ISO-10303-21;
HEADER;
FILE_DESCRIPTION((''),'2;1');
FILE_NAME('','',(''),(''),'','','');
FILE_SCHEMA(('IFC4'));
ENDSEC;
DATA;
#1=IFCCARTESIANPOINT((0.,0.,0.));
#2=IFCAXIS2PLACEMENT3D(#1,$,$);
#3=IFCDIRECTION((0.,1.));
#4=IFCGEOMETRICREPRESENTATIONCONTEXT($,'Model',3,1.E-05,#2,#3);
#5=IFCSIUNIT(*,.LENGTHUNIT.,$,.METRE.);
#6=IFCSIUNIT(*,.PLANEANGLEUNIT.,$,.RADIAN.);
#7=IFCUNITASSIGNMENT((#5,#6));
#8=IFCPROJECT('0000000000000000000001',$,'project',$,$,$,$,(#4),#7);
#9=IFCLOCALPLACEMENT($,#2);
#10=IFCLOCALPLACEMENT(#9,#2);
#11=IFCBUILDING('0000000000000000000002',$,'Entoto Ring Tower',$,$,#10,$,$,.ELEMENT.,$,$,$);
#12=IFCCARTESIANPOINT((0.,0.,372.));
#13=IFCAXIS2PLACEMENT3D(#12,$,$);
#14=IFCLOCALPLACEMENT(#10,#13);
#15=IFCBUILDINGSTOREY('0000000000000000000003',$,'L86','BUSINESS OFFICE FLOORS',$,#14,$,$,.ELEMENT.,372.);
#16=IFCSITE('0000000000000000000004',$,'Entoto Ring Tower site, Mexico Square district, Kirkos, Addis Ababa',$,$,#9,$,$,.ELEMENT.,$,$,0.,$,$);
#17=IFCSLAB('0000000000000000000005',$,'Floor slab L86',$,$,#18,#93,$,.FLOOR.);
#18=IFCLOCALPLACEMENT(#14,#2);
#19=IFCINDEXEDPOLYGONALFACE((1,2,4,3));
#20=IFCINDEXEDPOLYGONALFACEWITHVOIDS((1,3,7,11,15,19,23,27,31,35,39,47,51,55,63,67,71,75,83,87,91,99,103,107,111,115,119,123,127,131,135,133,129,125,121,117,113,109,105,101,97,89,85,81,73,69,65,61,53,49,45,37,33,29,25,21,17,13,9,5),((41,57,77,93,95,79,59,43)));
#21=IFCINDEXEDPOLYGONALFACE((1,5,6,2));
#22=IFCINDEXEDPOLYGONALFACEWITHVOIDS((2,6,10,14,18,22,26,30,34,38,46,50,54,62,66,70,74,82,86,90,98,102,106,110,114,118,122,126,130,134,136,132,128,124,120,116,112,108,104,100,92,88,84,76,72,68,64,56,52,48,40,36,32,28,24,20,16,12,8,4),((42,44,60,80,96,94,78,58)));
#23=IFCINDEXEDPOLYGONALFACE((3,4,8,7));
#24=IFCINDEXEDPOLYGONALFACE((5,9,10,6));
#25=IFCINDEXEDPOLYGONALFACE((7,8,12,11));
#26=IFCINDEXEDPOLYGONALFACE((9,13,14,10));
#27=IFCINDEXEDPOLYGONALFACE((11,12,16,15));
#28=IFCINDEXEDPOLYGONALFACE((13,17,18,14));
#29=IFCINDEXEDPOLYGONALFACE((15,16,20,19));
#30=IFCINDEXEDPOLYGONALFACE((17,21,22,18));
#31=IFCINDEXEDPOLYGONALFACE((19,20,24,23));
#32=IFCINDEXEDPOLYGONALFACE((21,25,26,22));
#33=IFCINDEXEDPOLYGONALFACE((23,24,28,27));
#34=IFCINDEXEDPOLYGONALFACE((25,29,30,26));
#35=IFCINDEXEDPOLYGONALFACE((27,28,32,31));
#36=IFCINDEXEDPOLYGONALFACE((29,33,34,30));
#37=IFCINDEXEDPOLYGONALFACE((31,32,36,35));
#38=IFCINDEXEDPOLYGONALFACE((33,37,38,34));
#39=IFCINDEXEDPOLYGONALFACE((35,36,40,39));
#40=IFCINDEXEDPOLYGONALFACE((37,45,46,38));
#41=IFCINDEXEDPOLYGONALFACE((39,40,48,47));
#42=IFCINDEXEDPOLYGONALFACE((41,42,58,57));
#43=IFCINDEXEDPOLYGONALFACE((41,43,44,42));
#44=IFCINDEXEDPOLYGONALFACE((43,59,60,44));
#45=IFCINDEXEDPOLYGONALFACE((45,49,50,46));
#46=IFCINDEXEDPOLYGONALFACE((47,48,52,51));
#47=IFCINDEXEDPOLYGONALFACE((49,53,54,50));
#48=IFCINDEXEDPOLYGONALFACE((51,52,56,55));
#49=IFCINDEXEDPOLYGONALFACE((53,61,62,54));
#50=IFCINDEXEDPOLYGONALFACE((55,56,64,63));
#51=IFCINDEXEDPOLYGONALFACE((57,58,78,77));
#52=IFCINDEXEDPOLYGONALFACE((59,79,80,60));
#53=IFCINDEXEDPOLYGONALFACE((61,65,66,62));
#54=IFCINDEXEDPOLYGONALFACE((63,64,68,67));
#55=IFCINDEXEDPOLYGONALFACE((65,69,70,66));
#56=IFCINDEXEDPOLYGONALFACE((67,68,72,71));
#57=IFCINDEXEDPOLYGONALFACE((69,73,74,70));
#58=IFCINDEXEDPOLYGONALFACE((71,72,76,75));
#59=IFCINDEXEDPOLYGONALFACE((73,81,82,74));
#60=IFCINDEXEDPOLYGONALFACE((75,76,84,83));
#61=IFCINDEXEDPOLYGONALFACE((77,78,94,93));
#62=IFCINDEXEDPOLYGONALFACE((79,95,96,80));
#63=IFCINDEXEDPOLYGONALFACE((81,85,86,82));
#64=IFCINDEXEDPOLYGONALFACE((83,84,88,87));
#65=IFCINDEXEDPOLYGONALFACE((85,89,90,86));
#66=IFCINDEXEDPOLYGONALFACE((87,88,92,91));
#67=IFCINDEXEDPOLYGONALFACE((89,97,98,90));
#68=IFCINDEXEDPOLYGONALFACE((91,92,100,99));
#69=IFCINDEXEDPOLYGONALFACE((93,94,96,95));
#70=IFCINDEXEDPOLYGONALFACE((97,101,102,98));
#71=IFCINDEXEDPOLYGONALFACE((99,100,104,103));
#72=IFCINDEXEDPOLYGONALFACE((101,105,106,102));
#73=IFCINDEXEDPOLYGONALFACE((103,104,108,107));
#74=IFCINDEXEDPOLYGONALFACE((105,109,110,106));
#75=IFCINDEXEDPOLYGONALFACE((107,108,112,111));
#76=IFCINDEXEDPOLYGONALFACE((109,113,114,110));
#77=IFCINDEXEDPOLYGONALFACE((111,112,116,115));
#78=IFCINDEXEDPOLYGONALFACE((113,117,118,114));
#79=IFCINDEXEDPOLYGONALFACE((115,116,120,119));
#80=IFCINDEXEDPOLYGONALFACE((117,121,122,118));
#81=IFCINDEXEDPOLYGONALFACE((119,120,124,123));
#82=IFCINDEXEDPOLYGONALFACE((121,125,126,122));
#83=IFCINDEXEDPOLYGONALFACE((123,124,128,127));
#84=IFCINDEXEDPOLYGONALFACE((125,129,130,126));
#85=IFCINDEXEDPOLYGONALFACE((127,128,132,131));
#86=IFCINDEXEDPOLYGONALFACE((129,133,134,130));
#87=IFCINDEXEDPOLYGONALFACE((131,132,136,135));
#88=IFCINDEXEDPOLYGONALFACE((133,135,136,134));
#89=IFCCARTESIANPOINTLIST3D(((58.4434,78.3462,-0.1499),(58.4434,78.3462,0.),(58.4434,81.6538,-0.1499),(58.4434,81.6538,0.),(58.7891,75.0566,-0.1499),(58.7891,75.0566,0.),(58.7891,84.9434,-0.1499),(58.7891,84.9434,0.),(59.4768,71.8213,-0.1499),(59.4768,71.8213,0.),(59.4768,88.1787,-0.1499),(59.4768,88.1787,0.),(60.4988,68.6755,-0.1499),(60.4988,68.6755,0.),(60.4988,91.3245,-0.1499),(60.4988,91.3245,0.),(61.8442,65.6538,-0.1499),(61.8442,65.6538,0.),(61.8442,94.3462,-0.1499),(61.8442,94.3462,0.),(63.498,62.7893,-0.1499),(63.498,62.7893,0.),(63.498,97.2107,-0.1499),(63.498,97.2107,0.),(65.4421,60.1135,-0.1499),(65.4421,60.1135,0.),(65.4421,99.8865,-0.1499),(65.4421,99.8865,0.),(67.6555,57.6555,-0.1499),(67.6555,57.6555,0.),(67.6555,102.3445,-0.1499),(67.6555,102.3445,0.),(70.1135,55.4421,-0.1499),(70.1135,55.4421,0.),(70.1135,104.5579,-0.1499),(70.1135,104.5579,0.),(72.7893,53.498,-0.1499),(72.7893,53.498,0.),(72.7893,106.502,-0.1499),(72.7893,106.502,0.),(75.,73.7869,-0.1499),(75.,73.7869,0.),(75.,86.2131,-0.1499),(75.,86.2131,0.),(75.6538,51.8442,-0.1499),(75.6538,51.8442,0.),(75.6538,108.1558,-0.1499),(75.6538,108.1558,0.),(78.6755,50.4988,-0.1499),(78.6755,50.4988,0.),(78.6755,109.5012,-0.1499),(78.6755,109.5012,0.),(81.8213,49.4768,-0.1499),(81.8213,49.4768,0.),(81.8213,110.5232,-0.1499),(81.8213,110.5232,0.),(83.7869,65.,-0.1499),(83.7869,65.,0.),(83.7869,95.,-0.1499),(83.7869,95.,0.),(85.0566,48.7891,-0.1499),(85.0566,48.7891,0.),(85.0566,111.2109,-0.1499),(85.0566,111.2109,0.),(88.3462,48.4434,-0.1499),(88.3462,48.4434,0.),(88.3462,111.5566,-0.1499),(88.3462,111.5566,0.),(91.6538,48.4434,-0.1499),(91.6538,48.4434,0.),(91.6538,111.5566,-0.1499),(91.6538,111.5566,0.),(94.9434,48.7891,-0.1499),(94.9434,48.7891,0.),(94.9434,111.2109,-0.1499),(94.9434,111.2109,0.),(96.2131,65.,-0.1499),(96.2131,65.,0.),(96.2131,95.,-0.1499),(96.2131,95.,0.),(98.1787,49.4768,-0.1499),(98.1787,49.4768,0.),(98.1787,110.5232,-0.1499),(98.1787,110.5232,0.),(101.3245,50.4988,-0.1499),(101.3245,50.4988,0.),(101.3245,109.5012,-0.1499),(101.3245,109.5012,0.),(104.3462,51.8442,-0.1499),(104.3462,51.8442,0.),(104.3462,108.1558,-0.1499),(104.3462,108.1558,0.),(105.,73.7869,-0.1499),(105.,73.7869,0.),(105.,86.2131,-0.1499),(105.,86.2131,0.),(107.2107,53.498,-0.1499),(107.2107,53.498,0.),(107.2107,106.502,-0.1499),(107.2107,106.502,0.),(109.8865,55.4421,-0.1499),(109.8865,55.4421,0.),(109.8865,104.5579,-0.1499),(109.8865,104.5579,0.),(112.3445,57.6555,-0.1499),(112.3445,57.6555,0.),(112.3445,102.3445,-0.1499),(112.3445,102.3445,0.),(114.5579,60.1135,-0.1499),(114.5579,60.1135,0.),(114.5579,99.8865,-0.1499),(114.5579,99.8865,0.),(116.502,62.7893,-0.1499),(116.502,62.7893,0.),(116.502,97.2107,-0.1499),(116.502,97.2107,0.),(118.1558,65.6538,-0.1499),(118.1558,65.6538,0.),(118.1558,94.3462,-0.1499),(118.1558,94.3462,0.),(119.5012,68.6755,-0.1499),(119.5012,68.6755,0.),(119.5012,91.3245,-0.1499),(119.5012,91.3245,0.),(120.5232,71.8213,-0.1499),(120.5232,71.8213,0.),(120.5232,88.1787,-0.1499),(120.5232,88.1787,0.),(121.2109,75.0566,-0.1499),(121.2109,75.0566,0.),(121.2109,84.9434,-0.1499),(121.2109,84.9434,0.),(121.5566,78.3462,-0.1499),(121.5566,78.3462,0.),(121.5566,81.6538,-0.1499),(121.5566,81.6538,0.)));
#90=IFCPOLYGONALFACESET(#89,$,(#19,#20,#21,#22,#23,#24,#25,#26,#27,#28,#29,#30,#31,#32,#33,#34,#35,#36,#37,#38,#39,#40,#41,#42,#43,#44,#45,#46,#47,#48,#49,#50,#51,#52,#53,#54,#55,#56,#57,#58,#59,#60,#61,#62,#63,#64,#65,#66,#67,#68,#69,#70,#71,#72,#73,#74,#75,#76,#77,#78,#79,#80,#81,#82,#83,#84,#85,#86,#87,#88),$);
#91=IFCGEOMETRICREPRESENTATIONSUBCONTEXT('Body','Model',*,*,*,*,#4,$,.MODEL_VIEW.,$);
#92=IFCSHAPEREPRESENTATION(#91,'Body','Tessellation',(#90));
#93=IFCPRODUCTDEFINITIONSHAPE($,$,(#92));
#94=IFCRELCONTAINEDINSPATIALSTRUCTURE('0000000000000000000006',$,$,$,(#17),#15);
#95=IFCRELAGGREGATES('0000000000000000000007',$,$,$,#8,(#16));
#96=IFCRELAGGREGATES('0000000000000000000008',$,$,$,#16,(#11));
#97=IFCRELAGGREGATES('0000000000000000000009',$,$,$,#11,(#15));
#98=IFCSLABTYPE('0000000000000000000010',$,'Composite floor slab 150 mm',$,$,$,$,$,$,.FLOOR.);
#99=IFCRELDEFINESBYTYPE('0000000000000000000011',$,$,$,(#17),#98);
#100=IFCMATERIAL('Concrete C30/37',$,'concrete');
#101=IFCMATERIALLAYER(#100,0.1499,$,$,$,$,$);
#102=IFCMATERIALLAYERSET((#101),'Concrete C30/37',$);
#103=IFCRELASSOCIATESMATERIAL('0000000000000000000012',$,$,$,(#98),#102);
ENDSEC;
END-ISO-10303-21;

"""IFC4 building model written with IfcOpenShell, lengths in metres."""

from ifc_helpers import new_model, si_unit, direction, frame, origin, place, context, subcontext, project, spatial, polyline, outline, extrude, material, layer, layer_set, type_object, element, save


model = new_model("IFC4")

# Units and contexts
model_context = context("Model", 3, precision=1e-05, world=origin(), true_north=direction((0.0, 1.0)))
body_context = subcontext(model_context, "Body", "Model", "MODEL_VIEW")
ifc_project = project(units=[si_unit("LENGTHUNIT", "METRE"), si_unit("PLANEANGLEUNIT", "RADIAN")], contexts=[model_context])

# Site, building, storey
site_placement = place(None, origin())
building_placement = place(site_placement, origin())
storey_placement = place(building_placement, frame((0.0, 0.0, 372.0)))
site = spatial("IfcSite", under=ifc_project, at=site_placement, Name="Entoto Ring Tower site, Mexico Square district, Kirkos, Addis Ababa", CompositionType="ELEMENT", RefElevation=0.0)
building = spatial("IfcBuilding", under=site, at=building_placement, Name="Entoto Ring Tower", CompositionType="ELEMENT")
storey = spatial("IfcBuildingStorey", under=building, at=storey_placement, Name="L86", Description="BUSINESS OFFICE FLOORS", CompositionType="ELEMENT", Elevation=372.0)

# Slab
ifc_material_1 = material(Name="Concrete C30/37", Category="concrete")
ifc_layer_1 = layer(ifc_material_1, 0.1499)
ifc_layer_set_1 = layer_set([ifc_layer_1], Name="Concrete C30/37")
slab_type = type_object("IfcSlabType", Name="Composite floor slab 150 mm", PredefinedType="FLOOR", material=ifc_layer_set_1)
slab_placement = place(storey_placement, frame((0.0, 0.0, -0.1499)))
element("IfcSlab", 1, at=slab_placement, inside=storey, type_object=slab_type, Name="Floor slab L86", PredefinedType="FLOOR", context=body_context, shape_type="SweptSolid", body=[
    extrude(outline(polyline([(121.2109, 84.9434), (120.5232, 88.1787), (119.5012, 91.3245), (118.1558, 94.3462), (116.502, 97.2107), (114.5579, 99.8865), (112.3445, 102.3445), (109.8865, 104.5579), (107.2107, 106.502), (104.3462, 108.1558), (101.3245, 109.5012), (98.1787, 110.5232), (94.9434, 111.2109), (91.6538, 111.5566), (88.3462, 111.5566), (85.0566, 111.2109), (81.8213, 110.5232), (78.6755, 109.5012), (75.6538, 108.1558), (72.7893, 106.502), (70.1135, 104.5579), (67.6555, 102.3445), (65.4421, 99.8865), (63.498, 97.2107), (61.8442, 94.3462), (60.4988, 91.3245), (59.4768, 88.1787), (58.7891, 84.9434), (58.4434, 81.6538), (58.4434, 78.3462), (58.7891, 75.0566), (59.4768, 71.8213), (60.4988, 68.6755), (61.8442, 65.6538), (63.498, 62.7893), (65.4421, 60.1135), (67.6555, 57.6555), (70.1135, 55.4421), (72.7893, 53.498), (75.6538, 51.8442), (78.6755, 50.4988), (81.8213, 49.4768), (85.0566, 48.7891), (88.3462, 48.4434), (91.6538, 48.4434), (94.9434, 48.7891), (98.1787, 49.4768), (101.3245, 50.4988), (104.3462, 51.8442), (107.2107, 53.498), (109.8865, 55.4421), (112.3445, 57.6555), (114.5579, 60.1135), (116.502, 62.7893), (118.1558, 65.6538), (119.5012, 68.6755), (120.5232, 71.8213), (121.2109, 75.0566), (121.5566, 78.3462), (121.5566, 81.6538), (121.2109, 84.9434)]), holes=[polyline([(105.0, 73.7869), (105.0, 86.2131), (96.2131, 95.0), (83.7869, 95.0), (75.0, 86.2131), (75.0, 73.7869), (83.7869, 65.0), (96.2131, 65.0), (105.0, 73.7869)])]), origin(), (0.0, 0.0, 1.0), 0.1499),
])

save(model, "model.ifc")
